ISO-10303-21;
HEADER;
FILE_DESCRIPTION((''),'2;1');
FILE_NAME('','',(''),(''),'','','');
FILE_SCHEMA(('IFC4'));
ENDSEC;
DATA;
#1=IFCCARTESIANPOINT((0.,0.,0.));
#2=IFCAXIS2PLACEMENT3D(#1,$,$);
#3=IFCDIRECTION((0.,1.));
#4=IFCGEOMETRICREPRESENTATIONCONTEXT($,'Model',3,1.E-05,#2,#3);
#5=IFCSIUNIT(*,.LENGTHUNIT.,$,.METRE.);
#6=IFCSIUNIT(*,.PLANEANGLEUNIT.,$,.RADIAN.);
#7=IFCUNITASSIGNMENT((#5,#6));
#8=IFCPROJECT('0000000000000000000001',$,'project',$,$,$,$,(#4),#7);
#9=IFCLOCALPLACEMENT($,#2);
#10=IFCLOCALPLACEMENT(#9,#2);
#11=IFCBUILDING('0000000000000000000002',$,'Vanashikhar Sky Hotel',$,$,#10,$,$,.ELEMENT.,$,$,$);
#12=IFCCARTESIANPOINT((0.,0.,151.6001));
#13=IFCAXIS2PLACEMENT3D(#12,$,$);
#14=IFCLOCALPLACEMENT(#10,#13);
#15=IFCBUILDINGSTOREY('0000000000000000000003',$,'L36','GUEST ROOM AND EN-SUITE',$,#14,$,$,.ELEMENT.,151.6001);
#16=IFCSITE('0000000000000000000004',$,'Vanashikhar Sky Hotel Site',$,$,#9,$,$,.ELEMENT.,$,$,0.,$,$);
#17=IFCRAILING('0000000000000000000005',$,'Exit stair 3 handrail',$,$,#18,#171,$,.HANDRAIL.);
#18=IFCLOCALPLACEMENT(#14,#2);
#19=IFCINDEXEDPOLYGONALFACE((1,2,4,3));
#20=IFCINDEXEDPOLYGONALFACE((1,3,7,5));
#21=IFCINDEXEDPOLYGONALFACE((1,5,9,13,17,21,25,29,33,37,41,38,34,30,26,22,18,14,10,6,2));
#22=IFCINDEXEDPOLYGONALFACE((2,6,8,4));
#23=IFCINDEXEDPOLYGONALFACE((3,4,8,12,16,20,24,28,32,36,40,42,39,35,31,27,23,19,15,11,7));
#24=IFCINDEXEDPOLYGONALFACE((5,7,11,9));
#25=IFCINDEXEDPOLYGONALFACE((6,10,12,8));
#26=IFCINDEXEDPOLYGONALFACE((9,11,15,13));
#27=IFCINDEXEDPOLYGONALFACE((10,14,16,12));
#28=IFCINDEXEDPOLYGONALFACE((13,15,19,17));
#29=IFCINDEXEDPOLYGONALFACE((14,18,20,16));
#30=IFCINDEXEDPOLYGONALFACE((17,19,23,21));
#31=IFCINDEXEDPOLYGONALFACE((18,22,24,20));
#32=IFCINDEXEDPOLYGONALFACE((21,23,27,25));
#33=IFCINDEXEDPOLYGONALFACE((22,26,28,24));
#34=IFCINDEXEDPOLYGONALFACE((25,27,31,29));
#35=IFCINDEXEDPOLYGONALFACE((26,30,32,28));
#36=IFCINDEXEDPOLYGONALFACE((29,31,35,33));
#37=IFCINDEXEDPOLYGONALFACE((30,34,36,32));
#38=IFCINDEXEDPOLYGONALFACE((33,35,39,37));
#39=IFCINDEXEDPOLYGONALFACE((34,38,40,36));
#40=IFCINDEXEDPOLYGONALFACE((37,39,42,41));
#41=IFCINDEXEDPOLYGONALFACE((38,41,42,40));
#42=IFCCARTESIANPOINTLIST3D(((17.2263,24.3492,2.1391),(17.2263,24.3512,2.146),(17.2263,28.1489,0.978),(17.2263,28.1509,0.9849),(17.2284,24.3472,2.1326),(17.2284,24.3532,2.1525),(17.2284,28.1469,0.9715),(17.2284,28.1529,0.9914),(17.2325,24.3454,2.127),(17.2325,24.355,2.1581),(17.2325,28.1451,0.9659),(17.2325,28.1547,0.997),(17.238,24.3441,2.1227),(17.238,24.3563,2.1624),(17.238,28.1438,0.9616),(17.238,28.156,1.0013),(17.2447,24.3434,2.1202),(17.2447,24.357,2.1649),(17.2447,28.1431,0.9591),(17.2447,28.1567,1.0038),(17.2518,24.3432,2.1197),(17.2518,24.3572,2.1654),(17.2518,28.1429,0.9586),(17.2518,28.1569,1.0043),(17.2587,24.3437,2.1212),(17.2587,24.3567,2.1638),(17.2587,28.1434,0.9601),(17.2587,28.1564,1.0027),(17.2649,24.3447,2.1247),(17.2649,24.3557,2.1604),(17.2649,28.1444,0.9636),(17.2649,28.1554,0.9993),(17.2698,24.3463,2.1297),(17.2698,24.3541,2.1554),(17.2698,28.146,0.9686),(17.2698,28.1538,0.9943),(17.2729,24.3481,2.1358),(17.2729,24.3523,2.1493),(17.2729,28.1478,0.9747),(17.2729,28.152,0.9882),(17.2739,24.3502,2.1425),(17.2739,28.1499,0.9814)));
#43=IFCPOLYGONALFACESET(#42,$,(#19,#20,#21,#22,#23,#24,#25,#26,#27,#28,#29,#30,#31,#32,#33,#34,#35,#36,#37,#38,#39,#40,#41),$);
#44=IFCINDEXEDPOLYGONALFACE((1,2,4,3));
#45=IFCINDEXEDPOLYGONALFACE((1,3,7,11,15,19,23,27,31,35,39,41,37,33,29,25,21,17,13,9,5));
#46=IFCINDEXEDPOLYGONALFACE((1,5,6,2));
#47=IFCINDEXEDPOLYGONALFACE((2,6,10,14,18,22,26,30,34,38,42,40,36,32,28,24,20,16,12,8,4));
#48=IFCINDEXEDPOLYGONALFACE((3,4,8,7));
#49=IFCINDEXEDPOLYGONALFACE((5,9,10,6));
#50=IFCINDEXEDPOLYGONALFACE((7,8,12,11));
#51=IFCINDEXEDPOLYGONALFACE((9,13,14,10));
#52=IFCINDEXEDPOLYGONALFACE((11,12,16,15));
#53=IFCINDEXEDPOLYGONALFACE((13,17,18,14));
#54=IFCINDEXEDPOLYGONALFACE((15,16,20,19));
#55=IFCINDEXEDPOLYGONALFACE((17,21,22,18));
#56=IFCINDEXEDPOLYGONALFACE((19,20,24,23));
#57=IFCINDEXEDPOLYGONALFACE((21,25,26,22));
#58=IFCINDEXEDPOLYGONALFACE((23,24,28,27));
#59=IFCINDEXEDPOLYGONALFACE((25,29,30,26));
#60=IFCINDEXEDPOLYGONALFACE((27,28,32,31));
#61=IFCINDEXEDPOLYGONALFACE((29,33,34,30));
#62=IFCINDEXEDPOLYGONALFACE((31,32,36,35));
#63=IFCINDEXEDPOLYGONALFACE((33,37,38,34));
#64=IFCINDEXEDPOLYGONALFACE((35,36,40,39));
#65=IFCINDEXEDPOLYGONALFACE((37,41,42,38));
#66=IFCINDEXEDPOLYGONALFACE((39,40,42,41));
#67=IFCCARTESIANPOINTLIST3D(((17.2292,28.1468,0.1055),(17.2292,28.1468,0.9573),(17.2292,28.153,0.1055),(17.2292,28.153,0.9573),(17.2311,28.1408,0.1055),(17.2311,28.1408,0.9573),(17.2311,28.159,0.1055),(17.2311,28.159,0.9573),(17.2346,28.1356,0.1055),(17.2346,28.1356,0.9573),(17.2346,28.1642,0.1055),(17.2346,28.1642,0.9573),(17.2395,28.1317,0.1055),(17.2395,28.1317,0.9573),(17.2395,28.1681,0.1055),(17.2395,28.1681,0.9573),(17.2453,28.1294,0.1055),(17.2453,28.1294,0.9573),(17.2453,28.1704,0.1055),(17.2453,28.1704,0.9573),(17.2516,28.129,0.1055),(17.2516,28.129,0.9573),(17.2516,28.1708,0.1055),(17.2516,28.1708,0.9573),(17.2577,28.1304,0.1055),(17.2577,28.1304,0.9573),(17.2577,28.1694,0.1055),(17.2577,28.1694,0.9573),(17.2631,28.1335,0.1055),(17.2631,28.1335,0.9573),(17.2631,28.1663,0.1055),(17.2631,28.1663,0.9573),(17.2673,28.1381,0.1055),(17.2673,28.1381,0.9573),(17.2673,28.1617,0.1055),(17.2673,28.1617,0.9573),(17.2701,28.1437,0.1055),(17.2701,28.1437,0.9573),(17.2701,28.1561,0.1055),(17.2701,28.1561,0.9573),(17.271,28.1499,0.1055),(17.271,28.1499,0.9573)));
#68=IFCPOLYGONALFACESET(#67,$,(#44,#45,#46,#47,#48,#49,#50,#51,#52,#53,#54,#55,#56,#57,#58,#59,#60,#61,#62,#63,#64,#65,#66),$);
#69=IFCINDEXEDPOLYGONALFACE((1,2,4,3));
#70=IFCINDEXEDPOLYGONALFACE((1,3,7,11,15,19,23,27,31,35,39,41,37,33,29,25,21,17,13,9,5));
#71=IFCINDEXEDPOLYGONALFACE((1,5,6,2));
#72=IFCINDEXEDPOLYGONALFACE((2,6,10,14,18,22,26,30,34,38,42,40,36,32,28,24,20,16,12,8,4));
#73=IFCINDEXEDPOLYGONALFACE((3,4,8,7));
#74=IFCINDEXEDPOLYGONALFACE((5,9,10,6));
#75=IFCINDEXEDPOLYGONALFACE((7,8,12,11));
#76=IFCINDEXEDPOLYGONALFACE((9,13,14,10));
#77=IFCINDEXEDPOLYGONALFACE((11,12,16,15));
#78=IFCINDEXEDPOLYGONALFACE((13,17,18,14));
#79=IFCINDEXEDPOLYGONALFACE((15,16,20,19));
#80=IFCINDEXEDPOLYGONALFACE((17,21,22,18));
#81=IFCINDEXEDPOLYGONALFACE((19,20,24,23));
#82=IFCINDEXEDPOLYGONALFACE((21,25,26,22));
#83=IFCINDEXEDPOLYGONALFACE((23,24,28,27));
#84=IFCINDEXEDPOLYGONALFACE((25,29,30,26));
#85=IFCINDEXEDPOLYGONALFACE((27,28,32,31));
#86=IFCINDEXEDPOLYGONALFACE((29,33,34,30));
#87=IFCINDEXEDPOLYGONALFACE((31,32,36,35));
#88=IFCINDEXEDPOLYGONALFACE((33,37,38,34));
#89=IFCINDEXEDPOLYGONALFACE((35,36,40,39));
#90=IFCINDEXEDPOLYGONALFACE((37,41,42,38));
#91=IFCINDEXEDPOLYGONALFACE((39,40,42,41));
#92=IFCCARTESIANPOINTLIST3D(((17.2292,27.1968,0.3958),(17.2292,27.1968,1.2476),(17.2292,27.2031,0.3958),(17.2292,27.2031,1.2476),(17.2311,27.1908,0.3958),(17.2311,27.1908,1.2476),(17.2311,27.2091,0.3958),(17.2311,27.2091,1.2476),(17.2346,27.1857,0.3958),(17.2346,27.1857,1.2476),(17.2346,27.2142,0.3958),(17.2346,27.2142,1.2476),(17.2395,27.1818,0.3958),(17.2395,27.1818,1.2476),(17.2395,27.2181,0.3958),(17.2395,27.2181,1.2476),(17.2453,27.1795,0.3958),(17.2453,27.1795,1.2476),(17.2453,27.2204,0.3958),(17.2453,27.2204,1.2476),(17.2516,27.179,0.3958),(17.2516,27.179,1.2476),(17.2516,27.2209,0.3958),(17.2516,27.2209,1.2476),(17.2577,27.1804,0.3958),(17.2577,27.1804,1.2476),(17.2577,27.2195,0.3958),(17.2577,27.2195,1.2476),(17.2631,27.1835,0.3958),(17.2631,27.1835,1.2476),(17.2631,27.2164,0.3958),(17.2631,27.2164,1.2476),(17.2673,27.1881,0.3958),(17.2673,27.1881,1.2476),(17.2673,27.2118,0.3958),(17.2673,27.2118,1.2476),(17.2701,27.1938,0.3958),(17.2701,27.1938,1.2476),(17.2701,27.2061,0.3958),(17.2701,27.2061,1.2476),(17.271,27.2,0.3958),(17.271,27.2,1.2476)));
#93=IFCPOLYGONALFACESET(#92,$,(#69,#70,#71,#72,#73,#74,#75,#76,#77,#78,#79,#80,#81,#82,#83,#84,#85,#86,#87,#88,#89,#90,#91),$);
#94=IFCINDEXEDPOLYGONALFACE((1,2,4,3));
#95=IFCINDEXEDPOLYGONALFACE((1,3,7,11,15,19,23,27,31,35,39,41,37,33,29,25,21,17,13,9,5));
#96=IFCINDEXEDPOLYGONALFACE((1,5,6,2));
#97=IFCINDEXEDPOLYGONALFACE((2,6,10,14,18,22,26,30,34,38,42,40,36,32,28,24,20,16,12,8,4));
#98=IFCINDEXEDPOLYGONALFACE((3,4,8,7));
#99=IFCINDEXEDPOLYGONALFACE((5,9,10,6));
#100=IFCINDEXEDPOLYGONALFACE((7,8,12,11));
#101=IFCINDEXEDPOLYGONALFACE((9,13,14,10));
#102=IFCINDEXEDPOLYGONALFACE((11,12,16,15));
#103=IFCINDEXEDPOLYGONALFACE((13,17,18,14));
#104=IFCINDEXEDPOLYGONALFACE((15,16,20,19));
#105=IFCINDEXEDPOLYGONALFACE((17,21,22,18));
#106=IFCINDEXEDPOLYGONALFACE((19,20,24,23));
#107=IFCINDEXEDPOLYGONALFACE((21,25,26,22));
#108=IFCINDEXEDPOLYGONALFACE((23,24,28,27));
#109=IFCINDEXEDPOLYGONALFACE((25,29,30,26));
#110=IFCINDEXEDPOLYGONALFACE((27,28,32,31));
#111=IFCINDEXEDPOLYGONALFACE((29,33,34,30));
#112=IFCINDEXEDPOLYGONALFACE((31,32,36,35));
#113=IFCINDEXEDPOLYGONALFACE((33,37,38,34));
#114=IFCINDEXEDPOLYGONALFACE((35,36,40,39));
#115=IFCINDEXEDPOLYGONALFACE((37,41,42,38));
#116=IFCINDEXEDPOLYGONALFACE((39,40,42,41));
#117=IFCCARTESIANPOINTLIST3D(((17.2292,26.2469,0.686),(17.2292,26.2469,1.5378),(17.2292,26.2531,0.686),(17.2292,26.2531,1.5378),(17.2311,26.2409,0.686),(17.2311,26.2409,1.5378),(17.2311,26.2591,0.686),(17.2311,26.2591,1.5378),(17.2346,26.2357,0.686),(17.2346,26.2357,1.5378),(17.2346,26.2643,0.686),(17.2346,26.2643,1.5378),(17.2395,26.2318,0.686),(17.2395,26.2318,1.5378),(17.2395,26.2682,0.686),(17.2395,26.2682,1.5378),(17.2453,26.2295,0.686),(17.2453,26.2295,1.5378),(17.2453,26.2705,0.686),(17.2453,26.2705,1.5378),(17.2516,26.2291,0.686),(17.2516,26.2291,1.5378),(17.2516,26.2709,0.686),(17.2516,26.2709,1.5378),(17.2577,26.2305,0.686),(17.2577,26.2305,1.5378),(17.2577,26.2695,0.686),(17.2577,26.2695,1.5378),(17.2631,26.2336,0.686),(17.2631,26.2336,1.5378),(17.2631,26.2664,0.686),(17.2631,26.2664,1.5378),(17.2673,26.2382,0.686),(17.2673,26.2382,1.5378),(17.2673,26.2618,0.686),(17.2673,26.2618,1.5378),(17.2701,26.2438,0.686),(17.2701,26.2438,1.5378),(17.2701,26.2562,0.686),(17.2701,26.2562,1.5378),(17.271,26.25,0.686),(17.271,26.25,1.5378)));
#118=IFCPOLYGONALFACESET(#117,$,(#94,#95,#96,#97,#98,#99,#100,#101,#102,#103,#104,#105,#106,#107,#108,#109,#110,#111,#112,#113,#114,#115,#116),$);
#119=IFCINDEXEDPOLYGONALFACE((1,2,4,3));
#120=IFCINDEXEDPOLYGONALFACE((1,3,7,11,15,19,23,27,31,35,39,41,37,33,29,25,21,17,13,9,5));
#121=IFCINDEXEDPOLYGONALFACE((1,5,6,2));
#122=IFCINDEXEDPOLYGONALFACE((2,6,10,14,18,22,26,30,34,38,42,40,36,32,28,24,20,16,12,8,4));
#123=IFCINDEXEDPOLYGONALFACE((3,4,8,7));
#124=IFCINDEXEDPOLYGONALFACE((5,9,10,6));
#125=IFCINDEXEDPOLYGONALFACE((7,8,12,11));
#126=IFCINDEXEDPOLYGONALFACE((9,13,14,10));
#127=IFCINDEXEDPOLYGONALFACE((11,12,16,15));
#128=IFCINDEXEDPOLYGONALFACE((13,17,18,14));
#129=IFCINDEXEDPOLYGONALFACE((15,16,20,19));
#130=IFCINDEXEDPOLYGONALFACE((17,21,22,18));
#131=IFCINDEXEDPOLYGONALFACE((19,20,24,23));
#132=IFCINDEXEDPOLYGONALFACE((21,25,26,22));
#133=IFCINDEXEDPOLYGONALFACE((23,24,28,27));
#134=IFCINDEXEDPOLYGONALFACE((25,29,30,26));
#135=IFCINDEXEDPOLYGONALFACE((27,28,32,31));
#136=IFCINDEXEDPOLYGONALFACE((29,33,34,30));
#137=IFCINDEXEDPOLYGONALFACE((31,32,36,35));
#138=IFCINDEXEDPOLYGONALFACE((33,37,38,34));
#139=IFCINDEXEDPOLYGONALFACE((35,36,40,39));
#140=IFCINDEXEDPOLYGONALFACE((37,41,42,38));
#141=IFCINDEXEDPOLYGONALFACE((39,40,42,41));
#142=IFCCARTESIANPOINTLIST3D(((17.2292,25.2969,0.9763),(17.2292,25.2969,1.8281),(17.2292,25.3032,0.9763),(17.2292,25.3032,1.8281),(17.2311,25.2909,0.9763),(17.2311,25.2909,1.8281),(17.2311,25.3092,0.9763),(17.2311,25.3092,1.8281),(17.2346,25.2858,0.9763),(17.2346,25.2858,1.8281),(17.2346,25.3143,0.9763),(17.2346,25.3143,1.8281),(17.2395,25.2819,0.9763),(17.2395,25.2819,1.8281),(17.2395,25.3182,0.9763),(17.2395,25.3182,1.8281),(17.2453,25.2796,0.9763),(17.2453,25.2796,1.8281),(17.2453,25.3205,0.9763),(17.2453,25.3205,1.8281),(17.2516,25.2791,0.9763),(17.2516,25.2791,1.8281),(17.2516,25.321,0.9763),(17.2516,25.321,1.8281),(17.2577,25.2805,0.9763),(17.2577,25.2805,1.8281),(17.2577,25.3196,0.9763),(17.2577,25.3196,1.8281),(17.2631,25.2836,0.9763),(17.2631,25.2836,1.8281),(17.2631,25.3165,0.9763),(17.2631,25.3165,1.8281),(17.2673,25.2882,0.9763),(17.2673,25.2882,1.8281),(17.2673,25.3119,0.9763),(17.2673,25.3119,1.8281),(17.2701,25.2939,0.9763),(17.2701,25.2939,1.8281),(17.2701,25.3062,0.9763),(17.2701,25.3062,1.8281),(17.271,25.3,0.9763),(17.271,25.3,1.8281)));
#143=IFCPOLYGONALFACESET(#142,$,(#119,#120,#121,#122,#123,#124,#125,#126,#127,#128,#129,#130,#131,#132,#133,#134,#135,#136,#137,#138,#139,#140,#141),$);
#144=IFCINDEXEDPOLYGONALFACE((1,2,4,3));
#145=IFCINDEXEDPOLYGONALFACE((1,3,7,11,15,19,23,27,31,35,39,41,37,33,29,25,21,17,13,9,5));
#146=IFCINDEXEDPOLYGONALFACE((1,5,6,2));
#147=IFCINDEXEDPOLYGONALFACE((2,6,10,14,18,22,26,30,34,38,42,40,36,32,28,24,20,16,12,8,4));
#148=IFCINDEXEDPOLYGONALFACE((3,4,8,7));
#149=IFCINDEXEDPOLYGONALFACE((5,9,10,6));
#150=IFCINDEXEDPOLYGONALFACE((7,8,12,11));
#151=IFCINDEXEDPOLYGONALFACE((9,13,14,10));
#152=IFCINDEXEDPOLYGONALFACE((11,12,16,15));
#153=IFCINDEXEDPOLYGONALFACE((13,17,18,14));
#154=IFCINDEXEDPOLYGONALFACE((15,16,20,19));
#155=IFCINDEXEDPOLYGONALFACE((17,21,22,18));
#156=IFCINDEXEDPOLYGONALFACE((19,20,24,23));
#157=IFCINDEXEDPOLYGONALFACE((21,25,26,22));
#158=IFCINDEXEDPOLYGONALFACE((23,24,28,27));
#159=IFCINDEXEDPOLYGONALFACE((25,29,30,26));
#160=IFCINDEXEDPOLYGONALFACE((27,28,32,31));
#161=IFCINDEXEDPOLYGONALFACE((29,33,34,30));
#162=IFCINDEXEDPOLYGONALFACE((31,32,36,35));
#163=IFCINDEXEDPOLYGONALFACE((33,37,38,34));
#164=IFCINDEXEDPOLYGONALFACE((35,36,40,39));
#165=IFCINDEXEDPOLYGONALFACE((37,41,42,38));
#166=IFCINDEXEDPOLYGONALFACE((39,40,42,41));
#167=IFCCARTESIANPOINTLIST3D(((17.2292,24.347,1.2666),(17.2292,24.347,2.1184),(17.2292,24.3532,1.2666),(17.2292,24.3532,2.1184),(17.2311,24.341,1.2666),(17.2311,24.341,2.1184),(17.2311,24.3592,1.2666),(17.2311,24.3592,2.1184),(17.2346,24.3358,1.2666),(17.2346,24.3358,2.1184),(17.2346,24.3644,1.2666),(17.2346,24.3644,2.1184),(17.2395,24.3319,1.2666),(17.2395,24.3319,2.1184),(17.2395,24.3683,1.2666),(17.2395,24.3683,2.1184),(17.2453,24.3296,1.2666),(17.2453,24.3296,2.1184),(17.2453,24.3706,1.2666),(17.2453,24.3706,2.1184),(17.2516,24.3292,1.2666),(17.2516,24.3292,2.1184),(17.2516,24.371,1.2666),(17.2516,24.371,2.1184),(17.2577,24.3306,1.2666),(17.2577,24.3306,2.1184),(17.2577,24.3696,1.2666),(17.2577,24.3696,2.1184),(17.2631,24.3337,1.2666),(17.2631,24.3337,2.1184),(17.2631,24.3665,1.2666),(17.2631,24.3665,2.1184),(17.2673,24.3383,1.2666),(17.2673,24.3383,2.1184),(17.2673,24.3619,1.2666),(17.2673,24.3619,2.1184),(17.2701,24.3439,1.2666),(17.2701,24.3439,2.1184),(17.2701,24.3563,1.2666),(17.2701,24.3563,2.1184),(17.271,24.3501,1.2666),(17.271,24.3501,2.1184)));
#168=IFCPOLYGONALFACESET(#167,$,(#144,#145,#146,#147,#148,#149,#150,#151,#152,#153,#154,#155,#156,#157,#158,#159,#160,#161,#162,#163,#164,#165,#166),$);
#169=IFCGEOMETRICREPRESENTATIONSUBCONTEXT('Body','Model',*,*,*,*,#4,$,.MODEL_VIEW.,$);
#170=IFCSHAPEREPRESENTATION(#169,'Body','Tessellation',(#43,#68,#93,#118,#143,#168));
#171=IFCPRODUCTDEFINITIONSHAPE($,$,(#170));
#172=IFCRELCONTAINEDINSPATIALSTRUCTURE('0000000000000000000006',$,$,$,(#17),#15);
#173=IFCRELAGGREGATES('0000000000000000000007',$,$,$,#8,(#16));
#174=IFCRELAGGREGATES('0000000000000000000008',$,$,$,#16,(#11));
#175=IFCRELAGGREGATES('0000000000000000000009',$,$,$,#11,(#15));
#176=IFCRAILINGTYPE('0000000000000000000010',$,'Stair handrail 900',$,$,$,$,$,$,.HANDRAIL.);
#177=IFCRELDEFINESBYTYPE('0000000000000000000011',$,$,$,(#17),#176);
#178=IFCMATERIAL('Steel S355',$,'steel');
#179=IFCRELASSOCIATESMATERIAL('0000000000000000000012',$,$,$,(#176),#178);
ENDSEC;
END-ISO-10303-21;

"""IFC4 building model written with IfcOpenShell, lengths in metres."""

from ifc_helpers import new_model, si_unit, direction, frame, origin, origin_2d, place, context, subcontext, project, spatial, circle, extrude, source, transform, mapped, material, type_object, element, save


model = new_model("IFC4")

# Units and contexts
model_context = context("Model", 3, precision=1e-05, world=origin(), true_north=direction((0.0, 1.0)))
body_context = subcontext(model_context, "Body", "Model", "MODEL_VIEW")
ifc_project = project(units=[si_unit("LENGTHUNIT", "METRE"), si_unit("PLANEANGLEUNIT", "RADIAN")], contexts=[model_context])

# Site, building, storey
site_placement = place(None, origin())
site = spatial("IfcSite", under=ifc_project, at=site_placement, Name="Vanashikhar Sky Hotel Site", CompositionType="ELEMENT", RefElevation=0.0)
building_placement = place(site_placement, origin())
building = spatial("IfcBuilding", under=site, at=building_placement, Name="Vanashikhar Sky Hotel", CompositionType="ELEMENT")
storey_placement = place(building_placement, frame((0.0, 0.0, 151.6001)))
storey = spatial("IfcBuildingStorey", under=building, at=storey_placement, Name="L36", Description="GUEST ROOM AND EN-SUITE", CompositionType="ELEMENT", Elevation=151.6001)

# Railing
ifc_material_1 = material(Name="Steel S355", Category="steel")
railing_type = type_object("IfcRailingType", Name="Stair handrail 900", PredefinedType="HANDRAIL", material=ifc_material_1)
shared_shape_1 = source(origin(), body_context, "Body", "SweptSolid", [
    extrude(circle(Radius=0.0239, at=origin_2d()), frame((0.0, 0.0, 0.876), z_axis=(0.0, -0.956346, 0.292237), x_axis=(1.0, 0.0, 0.0)), (0.0, 0.0, 1.0), 3.9731),
    extrude(circle(Radius=0.021, at=origin_2d()), origin(), (0.0, 0.0, 1.0), 0.8518),
    extrude(circle(Radius=0.021, at=origin_2d()), frame((0.0, -0.95, 0.2903)), (0.0, 0.0, 1.0), 0.8518),
    extrude(circle(Radius=0.021, at=origin_2d()), frame((0.0, -1.8999, 0.5806)), (0.0, 0.0, 1.0), 0.8518),
    extrude(circle(Radius=0.021, at=origin_2d()), frame((0.0, -2.8499, 0.8708)), (0.0, 0.0, 1.0), 0.8518),
    extrude(circle(Radius=0.021, at=origin_2d()), frame((0.0, -3.7998, 1.1611)), (0.0, 0.0, 1.0), 0.8518),
])
for number, where, name in (
    (1, (17.25, 28.1499, 0.1055), "Exit stair 3 handrail"),
):
    element("IfcRailing", number, at=place(storey_placement, frame(where)), inside=storey, type_object=railing_type, Name=name, PredefinedType="HANDRAIL", context=body_context, shape_type="MappedRepresentation", body=[
        mapped(shared_shape_1, transform((0.0, 0.0, 0.0), scale=1.0)),
    ])

save(model, "model.ifc")
